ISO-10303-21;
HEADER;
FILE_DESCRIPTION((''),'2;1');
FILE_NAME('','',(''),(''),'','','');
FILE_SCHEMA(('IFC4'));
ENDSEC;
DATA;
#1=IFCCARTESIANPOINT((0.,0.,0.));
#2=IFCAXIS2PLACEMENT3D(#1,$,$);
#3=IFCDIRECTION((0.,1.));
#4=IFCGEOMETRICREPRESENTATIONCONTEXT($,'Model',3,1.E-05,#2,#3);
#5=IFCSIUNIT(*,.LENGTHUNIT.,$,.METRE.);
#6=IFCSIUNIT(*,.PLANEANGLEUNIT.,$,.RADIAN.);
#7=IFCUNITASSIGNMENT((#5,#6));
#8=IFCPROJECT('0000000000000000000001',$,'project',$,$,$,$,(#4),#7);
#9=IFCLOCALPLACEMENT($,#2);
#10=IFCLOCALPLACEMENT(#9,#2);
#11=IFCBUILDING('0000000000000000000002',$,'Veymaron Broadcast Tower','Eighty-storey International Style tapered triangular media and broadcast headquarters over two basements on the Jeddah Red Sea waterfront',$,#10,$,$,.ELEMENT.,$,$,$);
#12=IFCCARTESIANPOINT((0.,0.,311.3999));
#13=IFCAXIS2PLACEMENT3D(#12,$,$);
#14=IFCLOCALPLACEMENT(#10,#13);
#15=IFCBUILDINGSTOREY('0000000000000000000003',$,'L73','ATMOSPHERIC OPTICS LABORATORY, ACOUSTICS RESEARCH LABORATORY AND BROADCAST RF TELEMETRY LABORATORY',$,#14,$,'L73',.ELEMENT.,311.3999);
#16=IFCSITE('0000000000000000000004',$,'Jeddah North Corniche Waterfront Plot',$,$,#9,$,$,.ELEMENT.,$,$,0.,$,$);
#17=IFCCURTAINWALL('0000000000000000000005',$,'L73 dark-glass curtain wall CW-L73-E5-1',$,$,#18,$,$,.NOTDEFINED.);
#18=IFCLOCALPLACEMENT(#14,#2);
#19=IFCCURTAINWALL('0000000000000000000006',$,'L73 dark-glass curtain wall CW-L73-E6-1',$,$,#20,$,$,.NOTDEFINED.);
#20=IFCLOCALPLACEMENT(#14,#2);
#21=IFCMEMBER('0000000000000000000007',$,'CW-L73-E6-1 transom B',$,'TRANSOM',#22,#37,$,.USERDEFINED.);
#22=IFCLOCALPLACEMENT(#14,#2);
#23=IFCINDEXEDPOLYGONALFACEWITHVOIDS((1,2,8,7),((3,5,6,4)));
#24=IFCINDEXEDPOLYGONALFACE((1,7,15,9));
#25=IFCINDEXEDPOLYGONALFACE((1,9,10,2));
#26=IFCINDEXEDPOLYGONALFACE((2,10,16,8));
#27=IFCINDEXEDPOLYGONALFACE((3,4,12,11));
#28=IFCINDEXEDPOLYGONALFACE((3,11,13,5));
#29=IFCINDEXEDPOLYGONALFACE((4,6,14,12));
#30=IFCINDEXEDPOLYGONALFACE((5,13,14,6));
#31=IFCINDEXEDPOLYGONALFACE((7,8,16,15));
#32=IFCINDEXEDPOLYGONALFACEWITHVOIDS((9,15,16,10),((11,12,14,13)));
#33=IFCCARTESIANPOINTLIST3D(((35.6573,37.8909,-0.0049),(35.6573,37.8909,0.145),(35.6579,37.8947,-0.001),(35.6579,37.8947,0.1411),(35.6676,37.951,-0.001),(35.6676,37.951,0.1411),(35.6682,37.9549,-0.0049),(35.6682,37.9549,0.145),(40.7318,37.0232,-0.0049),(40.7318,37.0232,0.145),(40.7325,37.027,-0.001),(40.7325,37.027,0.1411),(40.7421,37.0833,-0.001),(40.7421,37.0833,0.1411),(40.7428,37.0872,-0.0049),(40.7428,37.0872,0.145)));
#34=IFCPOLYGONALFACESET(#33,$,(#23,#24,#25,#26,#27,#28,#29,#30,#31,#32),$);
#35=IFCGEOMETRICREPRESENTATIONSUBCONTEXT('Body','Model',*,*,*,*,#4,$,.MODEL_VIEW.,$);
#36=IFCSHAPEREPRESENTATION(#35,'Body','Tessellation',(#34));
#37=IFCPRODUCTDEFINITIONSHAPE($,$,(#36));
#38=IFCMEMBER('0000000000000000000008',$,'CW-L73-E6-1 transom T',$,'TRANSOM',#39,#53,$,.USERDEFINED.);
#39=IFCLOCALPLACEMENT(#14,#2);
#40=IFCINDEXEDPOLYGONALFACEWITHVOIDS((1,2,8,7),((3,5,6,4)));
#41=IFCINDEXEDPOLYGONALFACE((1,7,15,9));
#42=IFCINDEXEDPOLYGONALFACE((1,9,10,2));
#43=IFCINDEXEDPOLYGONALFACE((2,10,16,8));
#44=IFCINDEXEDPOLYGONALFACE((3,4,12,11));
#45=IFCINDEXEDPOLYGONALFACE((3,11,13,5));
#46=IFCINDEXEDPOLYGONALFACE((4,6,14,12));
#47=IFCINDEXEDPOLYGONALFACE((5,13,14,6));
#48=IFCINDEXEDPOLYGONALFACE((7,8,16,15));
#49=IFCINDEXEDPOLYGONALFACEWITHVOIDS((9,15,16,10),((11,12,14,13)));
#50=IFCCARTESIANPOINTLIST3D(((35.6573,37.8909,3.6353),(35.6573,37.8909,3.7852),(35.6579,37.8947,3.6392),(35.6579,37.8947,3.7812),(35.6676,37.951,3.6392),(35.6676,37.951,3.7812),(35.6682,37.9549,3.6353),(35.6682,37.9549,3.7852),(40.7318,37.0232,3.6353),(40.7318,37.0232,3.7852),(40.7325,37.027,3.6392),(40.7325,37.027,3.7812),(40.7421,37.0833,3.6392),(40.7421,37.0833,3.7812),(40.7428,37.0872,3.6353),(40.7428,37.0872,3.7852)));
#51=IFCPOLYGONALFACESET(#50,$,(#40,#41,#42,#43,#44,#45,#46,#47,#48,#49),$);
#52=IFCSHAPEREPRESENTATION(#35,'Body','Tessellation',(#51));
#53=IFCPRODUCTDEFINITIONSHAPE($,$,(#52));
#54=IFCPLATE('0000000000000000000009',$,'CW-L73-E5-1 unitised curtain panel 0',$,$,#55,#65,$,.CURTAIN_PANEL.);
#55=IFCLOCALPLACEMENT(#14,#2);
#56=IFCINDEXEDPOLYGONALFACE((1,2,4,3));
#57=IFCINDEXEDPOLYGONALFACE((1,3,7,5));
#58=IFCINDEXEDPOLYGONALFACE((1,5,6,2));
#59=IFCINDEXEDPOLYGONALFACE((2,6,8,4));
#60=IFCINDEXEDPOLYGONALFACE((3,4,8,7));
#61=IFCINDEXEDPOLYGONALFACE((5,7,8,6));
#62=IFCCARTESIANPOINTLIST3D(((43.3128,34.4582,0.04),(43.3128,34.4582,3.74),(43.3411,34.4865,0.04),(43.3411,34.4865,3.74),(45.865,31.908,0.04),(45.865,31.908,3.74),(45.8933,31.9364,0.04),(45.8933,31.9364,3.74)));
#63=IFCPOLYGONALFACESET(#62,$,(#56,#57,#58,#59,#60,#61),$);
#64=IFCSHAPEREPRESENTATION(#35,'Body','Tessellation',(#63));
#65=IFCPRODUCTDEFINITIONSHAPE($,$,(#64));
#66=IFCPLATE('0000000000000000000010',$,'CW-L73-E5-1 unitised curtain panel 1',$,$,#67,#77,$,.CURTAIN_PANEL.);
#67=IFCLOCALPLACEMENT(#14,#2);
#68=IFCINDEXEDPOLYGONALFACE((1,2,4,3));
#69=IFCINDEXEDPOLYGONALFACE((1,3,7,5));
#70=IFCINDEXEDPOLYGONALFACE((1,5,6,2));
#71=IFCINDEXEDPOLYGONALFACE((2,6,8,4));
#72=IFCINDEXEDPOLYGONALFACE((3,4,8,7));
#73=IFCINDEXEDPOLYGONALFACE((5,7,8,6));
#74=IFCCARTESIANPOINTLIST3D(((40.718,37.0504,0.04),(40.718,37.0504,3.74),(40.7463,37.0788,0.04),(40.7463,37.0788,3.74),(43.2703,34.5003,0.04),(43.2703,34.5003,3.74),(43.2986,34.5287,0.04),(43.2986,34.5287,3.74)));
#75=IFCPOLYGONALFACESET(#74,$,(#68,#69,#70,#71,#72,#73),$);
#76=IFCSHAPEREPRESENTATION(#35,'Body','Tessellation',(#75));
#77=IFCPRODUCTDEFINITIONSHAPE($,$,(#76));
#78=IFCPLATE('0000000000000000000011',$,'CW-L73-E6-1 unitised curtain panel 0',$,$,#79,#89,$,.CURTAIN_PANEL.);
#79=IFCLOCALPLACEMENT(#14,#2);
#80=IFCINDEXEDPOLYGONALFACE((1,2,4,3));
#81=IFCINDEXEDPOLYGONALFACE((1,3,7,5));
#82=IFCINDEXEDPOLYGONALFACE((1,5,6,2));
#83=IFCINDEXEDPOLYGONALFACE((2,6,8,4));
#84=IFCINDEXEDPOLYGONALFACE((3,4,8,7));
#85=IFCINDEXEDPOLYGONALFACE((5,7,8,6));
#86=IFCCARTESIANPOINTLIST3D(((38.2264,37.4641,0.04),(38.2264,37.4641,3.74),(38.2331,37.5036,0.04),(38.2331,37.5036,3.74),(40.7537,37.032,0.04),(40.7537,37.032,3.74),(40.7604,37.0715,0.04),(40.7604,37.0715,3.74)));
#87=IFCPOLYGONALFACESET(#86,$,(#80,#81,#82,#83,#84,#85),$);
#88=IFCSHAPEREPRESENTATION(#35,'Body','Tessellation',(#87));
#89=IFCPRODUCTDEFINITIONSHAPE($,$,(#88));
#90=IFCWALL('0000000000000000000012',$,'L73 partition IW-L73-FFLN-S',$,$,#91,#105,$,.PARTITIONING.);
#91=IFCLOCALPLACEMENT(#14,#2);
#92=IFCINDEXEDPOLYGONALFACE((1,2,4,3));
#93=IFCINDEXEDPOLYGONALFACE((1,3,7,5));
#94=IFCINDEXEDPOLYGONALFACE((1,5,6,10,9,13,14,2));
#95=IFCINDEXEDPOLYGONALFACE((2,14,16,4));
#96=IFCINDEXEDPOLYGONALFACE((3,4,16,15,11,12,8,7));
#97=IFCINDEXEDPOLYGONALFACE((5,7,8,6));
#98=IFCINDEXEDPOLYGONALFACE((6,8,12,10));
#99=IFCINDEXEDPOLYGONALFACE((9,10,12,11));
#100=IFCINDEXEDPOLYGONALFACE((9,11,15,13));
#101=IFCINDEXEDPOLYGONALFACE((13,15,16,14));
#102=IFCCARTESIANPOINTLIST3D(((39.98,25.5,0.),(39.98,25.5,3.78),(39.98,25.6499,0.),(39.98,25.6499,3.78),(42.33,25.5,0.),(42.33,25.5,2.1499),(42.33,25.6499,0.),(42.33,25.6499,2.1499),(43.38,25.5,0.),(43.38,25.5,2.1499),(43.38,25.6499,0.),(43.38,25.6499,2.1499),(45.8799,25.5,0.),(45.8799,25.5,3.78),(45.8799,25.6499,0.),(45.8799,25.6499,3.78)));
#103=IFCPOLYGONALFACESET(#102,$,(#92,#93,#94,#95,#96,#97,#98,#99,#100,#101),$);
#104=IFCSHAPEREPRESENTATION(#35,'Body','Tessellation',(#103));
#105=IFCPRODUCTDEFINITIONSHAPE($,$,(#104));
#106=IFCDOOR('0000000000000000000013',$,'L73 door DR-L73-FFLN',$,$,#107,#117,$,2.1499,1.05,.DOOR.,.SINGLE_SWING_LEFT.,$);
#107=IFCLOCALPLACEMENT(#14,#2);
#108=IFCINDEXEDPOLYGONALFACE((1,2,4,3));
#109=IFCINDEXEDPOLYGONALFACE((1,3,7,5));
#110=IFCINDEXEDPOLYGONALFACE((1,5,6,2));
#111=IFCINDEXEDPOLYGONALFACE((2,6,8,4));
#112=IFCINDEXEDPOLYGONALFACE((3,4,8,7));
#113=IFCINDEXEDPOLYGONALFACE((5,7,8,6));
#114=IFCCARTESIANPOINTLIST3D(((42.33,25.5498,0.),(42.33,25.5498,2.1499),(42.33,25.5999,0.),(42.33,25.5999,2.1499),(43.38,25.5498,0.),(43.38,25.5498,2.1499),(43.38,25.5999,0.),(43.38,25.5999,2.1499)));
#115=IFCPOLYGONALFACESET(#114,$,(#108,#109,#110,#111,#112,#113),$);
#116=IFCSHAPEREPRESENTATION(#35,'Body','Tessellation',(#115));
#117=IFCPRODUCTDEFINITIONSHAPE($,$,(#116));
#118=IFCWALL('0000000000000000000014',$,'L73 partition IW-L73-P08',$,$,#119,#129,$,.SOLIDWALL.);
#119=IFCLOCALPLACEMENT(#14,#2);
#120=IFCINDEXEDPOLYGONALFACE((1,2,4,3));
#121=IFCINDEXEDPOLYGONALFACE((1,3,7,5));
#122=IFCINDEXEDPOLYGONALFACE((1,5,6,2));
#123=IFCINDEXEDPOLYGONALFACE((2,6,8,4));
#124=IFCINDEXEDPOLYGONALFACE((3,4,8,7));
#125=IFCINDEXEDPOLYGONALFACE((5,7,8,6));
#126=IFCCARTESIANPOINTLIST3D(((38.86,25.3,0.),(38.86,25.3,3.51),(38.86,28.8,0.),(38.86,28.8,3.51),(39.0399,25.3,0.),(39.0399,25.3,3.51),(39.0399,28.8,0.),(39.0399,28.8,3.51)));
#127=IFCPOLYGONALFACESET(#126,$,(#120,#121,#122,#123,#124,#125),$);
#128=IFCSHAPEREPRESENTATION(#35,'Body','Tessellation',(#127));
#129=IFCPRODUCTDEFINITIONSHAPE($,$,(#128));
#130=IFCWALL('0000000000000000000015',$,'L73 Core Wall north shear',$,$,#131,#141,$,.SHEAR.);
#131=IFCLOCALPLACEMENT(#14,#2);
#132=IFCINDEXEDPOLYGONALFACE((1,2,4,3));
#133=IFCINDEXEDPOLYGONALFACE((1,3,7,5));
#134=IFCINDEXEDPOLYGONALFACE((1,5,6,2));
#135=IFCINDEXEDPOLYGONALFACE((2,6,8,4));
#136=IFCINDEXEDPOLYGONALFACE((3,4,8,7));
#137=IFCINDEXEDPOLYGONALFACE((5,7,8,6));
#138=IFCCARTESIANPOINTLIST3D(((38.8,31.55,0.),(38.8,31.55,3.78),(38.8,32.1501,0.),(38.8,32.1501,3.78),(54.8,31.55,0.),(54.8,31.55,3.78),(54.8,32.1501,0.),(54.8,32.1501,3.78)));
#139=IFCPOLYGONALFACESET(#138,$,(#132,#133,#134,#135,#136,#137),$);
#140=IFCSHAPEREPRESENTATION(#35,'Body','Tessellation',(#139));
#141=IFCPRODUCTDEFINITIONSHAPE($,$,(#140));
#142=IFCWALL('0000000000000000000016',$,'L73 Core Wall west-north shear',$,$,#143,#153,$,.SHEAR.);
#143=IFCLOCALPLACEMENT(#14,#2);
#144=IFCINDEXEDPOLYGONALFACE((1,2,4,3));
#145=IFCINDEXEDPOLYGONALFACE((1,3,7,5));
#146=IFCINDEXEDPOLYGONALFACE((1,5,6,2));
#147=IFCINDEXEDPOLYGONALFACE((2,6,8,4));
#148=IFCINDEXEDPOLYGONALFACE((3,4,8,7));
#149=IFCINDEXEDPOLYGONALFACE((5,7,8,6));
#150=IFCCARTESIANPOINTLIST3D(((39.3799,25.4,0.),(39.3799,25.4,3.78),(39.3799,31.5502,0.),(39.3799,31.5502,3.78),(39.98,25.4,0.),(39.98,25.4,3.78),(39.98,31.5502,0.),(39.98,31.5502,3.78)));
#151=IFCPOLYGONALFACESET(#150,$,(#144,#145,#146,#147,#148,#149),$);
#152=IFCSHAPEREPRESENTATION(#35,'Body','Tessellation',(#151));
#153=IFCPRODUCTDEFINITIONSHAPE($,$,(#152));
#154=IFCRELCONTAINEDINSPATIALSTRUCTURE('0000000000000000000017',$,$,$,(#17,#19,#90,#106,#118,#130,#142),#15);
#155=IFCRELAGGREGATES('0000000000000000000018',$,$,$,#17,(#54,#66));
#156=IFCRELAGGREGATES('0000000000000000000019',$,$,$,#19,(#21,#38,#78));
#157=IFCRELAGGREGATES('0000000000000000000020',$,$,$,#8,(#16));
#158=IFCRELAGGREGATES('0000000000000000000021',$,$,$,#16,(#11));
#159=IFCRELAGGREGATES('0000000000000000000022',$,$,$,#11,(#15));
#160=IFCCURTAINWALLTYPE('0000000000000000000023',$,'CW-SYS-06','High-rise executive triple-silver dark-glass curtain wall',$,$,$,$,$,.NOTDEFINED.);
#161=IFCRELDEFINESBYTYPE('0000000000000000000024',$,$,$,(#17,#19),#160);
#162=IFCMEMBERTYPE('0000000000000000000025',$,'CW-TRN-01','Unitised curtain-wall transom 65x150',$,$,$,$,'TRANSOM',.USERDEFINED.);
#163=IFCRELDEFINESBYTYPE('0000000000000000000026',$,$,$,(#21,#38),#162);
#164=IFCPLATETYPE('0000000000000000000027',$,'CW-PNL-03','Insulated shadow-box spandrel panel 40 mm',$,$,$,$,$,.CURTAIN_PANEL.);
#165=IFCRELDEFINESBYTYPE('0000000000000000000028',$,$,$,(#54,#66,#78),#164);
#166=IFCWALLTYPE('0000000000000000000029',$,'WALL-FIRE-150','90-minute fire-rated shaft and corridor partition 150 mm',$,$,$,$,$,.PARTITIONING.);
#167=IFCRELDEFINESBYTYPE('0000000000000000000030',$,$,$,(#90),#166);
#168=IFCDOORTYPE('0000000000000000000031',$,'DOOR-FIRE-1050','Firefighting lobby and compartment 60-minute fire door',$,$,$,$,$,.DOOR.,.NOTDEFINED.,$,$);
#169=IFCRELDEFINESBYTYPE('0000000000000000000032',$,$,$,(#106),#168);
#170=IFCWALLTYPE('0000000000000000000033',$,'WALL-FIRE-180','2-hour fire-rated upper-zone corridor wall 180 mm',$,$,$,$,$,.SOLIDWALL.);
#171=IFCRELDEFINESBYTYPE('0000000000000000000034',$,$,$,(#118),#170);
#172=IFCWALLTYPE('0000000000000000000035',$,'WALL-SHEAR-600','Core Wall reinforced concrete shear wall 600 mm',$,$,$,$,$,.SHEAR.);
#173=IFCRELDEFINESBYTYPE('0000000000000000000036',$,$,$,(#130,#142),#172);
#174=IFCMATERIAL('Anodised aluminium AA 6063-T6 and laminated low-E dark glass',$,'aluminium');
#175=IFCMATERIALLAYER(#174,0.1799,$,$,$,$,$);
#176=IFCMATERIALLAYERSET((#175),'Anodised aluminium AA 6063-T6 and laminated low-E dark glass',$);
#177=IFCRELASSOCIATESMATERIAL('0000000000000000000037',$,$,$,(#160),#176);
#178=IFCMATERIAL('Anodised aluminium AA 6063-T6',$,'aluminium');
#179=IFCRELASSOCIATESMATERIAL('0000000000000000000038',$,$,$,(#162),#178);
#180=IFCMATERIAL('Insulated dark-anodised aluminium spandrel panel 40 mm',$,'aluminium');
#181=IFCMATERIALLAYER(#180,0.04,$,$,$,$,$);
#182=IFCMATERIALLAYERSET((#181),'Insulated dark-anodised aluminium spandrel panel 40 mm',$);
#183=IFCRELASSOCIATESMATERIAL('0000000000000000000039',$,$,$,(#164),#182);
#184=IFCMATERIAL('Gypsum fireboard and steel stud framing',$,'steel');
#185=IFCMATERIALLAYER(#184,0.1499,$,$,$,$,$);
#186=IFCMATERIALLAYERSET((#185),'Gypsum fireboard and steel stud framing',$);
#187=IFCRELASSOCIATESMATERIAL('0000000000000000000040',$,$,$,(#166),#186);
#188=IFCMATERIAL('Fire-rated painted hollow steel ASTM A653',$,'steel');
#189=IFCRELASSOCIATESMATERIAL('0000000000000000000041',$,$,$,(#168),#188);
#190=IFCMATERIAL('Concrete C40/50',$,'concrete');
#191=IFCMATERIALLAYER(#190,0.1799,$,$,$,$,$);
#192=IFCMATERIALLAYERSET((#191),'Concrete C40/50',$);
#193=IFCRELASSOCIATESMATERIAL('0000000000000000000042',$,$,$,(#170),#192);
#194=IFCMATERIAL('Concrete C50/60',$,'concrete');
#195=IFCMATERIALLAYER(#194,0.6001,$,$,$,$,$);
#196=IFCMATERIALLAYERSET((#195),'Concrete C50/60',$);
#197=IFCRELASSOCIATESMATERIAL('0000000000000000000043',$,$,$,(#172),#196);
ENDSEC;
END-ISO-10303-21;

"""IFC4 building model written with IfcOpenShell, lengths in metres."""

from ifc_helpers import new_model, si_unit, direction, frame, frame_2d, origin, origin_2d, place, context, subcontext, project, spatial, rectangle, hollow_rectangle, extrude, material, layer, layer_set, material_profile, profile_set, type_object, element, fill, aggregate, save


model = new_model("IFC4")

# Units and contexts
model_context = context("Model", 3, precision=1e-05, world=origin(), true_north=direction((0.0, 1.0)))
body_context = subcontext(model_context, "Body", "Model", "MODEL_VIEW")
ifc_project = project(units=[si_unit("LENGTHUNIT", "METRE"), si_unit("PLANEANGLEUNIT", "RADIAN")], contexts=[model_context])

# Site, building, storey
site_placement = place(None, origin())
site = spatial("IfcSite", under=ifc_project, at=site_placement, Name="Jeddah North Corniche Waterfront Plot", CompositionType="ELEMENT", RefElevation=0.0)
building_placement = place(site_placement, origin())
building = spatial("IfcBuilding", under=site, at=building_placement, Name="Veymaron Broadcast Tower", Description="Eighty-storey International Style tapered triangular media and broadcast headquarters over two basements on the Jeddah Red Sea waterfront", CompositionType="ELEMENT")
storey_placement = place(building_placement, frame((0.0, 0.0, 311.3999)))
storey = spatial("IfcBuildingStorey", under=building, at=storey_placement, Name="L73", Description="ATMOSPHERIC OPTICS LABORATORY, ACOUSTICS RESEARCH LABORATORY AND BROADCAST RF TELEMETRY LABORATORY", LongName="L73", CompositionType="ELEMENT", Elevation=311.3999)

# Curtain walls, members
ifc_material_1 = material(Name="Anodised aluminium AA 6063-T6 and laminated low-E dark glass", Category="aluminium")
ifc_layer_1 = layer(ifc_material_1, 0.1799)
ifc_layer_set_1 = layer_set([ifc_layer_1], Name="Anodised aluminium AA 6063-T6 and laminated low-E dark glass")
curtain_wall_type = type_object("IfcCurtainWallType", Name="CW-SYS-06", Description="High-rise executive triple-silver dark-glass curtain wall", PredefinedType="NOTDEFINED", material=ifc_layer_set_1)
curtain_wall_1_placement = place(storey_placement, origin())
curtain_wall_1 = element("IfcCurtainWall", 1, at=curtain_wall_1_placement, inside=storey, type_object=curtain_wall_type, Name="L73 dark-glass curtain wall CW-L73-E5-1", PredefinedType="NOTDEFINED")
ifc_material_2 = material(Name="Anodised aluminium AA 6063-T6", Category="aluminium")
curtain_wall_2_placement = place(storey_placement, origin())
curtain_wall_2 = element("IfcCurtainWall", 2, at=curtain_wall_2_placement, inside=storey, type_object=curtain_wall_type, Name="L73 dark-glass curtain wall CW-L73-E6-1", PredefinedType="NOTDEFINED")
ifc_material_profile_1 = material_profile(ifc_material_2, hollow_rectangle(XDim=0.0649, YDim=0.1499, WallThickness=0.0039, at=origin_2d()), Name="AL150X65X4")
ifc_profile_set_1 = profile_set([ifc_material_profile_1], Name="Anodised aluminium AA 6063-T6")
member_type_1 = type_object("IfcMemberType", Name="CW-TRN-01", Description="Unitised curtain-wall transom 65x150", ElementType="TRANSOM", PredefinedType="USERDEFINED", material=ifc_profile_set_1)
member_1_placement = place(storey_placement, frame((40.7373, 37.0552, 0.0701), z_axis=(-0.985694, 0.168543, 0.0), x_axis=(-0.168543, -0.985694, 0.0)))
member_1 = element("IfcMember", 3, at=member_1_placement, type_object=member_type_1, Name="CW-L73-E6-1 transom B", ObjectType="TRANSOM", PredefinedType="USERDEFINED", context=body_context, shape_type="SweptSolid", body=[
    extrude(hollow_rectangle(XDim=0.0649, YDim=0.1499, WallThickness=0.0039, at=origin_2d()), origin(), (0.0, 0.0, 1.0), 5.1482),
])
member_2_placement = place(storey_placement, frame((40.7373, 37.0552, 3.7102), z_axis=(-0.985694, 0.168543, 0.0), x_axis=(-0.168543, -0.985694, 0.0)))
member_2 = element("IfcMember", 4, at=member_2_placement, type_object=member_type_1, Name="CW-L73-E6-1 transom T", ObjectType="TRANSOM", PredefinedType="USERDEFINED", context=body_context, shape_type="SweptSolid", body=[
    extrude(hollow_rectangle(XDim=0.0649, YDim=0.1499, WallThickness=0.0039, at=origin_2d()), origin(), (0.0, 0.0, 1.0), 5.1482),
])

# Plates
ifc_material_3 = material(Name="Insulated dark-anodised aluminium spandrel panel 40 mm", Category="aluminium")
ifc_layer_2 = layer(ifc_material_3, 0.04)
ifc_layer_set_2 = layer_set([ifc_layer_2], Name="Insulated dark-anodised aluminium spandrel panel 40 mm")
plate_type = type_object("IfcPlateType", Name="CW-PNL-03", Description="Insulated shadow-box spandrel panel 40 mm", PredefinedType="CURTAIN_PANEL", material=ifc_layer_set_2)
plate_1_placement = place(storey_placement, frame((44.603, 33.1973, 0.04), z_axis=(0.0, 0.0, 1.0), x_axis=(-0.707403, 0.706811, 0.0)))
plate_1 = element("IfcPlate", 5, at=plate_1_placement, type_object=plate_type, Name="CW-L73-E5-1 unitised curtain panel 0", PredefinedType="CURTAIN_PANEL", context=body_context, shape_type="SweptSolid", body=[
    extrude(rectangle(XDim=3.6079, YDim=0.04, at=origin_2d()), origin(), (0.0, 0.0, 1.0), 3.7),
])
plate_2_placement = place(storey_placement, frame((42.0083, 35.7896, 0.04), z_axis=(0.0, 0.0, 1.0), x_axis=(-0.707403, 0.706811, 0.0)))
plate_2 = element("IfcPlate", 6, at=plate_2_placement, type_object=plate_type, Name="CW-L73-E5-1 unitised curtain panel 1", PredefinedType="CURTAIN_PANEL", context=body_context, shape_type="SweptSolid", body=[
    extrude(rectangle(XDim=3.6079, YDim=0.04, at=origin_2d()), origin(), (0.0, 0.0, 1.0), 3.7),
])
aggregate(curtain_wall_1, [plate_1, plate_2])
plate_3_placement = place(storey_placement, frame((39.4934, 37.2678, 0.04), z_axis=(0.0, 0.0, 1.0), x_axis=(-0.985698, 0.168524, 0.0)))
plate_3 = element("IfcPlate", 7, at=plate_3_placement, type_object=plate_type, Name="CW-L73-E6-1 unitised curtain panel 0", PredefinedType="CURTAIN_PANEL", context=body_context, shape_type="SweptSolid", body=[
    extrude(rectangle(XDim=2.564, YDim=0.04, at=origin_2d()), origin(), (0.0, 0.0, 1.0), 3.7),
])
aggregate(curtain_wall_2, [member_1, member_2, plate_3])

# Wall, opening, door
ifc_material_4 = material(Name="Gypsum fireboard and steel stud framing", Category="steel")
ifc_layer_3 = layer(ifc_material_4, 0.1499)
ifc_layer_set_3 = layer_set([ifc_layer_3], Name="Gypsum fireboard and steel stud framing")
wall_type_1 = type_object("IfcWallType", Name="WALL-FIRE-150", Description="90-minute fire-rated shaft and corridor partition 150 mm", PredefinedType="PARTITIONING", material=ifc_layer_set_3)
wall_1_placement = place(storey_placement, frame((39.98, 25.575, 0.0), z_axis=(0.0, 0.0, 1.0), x_axis=(1.0, 0.0, 0.0)))
wall_1 = element("IfcWall", 8, at=wall_1_placement, inside=storey, type_object=wall_type_1, Name="L73 partition IW-L73-FFLN-S", PredefinedType="PARTITIONING", context=body_context, shape_type="SweptSolid", body=[
    extrude(rectangle(XDim=5.8999, YDim=0.1499, at=frame_2d((2.95, 0.0))), origin(), (0.0, 0.0, 1.0), 3.78),
])
opening_1_placement = place(wall_1_placement, frame((2.3501, 0.0, 0.0)))
opening_1 = element("IfcOpeningElement", 9, at=opening_1_placement, cuts=wall_1, PredefinedType="OPENING", context=body_context, shape_type="SweptSolid", body=[
    extrude(rectangle(XDim=1.05, YDim=2.1499, at=frame_2d((0.5249, 1.075))), frame((0.0, 0.085, 0.0), z_axis=(0.0, -1.0, 0.0), x_axis=(1.0, 0.0, 0.0)), (0.0, 0.0, 1.0), 0.1699),
])
ifc_material_5 = material(Name="Fire-rated painted hollow steel ASTM A653", Category="steel")
door_type_1 = type_object("IfcDoorType", Name="DOOR-FIRE-1050", Description="Firefighting lobby and compartment 60-minute fire door", OperationType="NOTDEFINED", PredefinedType="DOOR", material=ifc_material_5)
door_1_placement = place(opening_1_placement, origin())
door_1 = element("IfcDoor", 10, at=door_1_placement, inside=storey, type_object=door_type_1, Name="L73 door DR-L73-FFLN", OperationType="SINGLE_SWING_LEFT", OverallHeight=2.1499, OverallWidth=1.05, PredefinedType="DOOR", context=body_context, shape_type="SweptSolid", body=[
    extrude(rectangle(XDim=1.05, YDim=2.1499, at=frame_2d((0.5249, 1.075))), frame((0.0, 0.0249, 0.0), z_axis=(0.0, -1.0, 0.0), x_axis=(1.0, 0.0, 0.0)), (0.0, 0.0, 1.0), 0.05),
])
fill(opening_1, door_1)

# Wall
ifc_material_6 = material(Name="Concrete C40/50", Category="concrete")
ifc_layer_4 = layer(ifc_material_6, 0.1799)
ifc_layer_set_4 = layer_set([ifc_layer_4], Name="Concrete C40/50")
wall_type_2 = type_object("IfcWallType", Name="WALL-FIRE-180", Description="2-hour fire-rated upper-zone corridor wall 180 mm", PredefinedType="SOLIDWALL", material=ifc_layer_set_4)
wall_2_placement = place(storey_placement, frame((38.95, 25.3, 0.0), z_axis=(0.0, 0.0, 1.0), x_axis=(0.0, 1.0, 0.0)))
element("IfcWall", 11, at=wall_2_placement, inside=storey, type_object=wall_type_2, Name="L73 partition IW-L73-P08", PredefinedType="SOLIDWALL", context=body_context, shape_type="SweptSolid", body=[
    extrude(rectangle(XDim=3.5, YDim=0.1799, at=frame_2d((1.75, 0.0))), origin(), (0.0, 0.0, 1.0), 3.51),
])

# Shared definitions
ifc_material_7 = material(Name="Concrete C50/60", Category="concrete")

# Walls
ifc_layer_5 = layer(ifc_material_7, 0.6001)
ifc_layer_set_5 = layer_set([ifc_layer_5], Name="Concrete C50/60")
wall_type_3 = type_object("IfcWallType", Name="WALL-SHEAR-600", Description="Core Wall reinforced concrete shear wall 600 mm", PredefinedType="SHEAR", material=ifc_layer_set_5)
wall_3_placement = place(storey_placement, frame((38.8, 31.8501, 0.0), z_axis=(0.0, 0.0, 1.0), x_axis=(1.0, 0.0, 0.0)))
element("IfcWall", 12, at=wall_3_placement, inside=storey, type_object=wall_type_3, Name="L73 Core Wall north shear", PredefinedType="SHEAR", context=body_context, shape_type="SweptSolid", body=[
    extrude(rectangle(XDim=16.0, YDim=0.6001, at=frame_2d((8.0, 0.0))), origin(), (0.0, 0.0, 1.0), 3.78),
])
wall_4_placement = place(storey_placement, frame((39.6799, 25.3999, 0.0), z_axis=(0.0, 0.0, 1.0), x_axis=(0.0, 1.0, 0.0)))
element("IfcWall", 13, at=wall_4_placement, inside=storey, type_object=wall_type_3, Name="L73 Core Wall west-north shear", PredefinedType="SHEAR", context=body_context, shape_type="SweptSolid", body=[
    extrude(rectangle(XDim=6.1501, YDim=0.6001, at=frame_2d((3.0752, 0.0))), origin(), (0.0, 0.0, 1.0), 3.78),
])

save(model, "model.ifc")
